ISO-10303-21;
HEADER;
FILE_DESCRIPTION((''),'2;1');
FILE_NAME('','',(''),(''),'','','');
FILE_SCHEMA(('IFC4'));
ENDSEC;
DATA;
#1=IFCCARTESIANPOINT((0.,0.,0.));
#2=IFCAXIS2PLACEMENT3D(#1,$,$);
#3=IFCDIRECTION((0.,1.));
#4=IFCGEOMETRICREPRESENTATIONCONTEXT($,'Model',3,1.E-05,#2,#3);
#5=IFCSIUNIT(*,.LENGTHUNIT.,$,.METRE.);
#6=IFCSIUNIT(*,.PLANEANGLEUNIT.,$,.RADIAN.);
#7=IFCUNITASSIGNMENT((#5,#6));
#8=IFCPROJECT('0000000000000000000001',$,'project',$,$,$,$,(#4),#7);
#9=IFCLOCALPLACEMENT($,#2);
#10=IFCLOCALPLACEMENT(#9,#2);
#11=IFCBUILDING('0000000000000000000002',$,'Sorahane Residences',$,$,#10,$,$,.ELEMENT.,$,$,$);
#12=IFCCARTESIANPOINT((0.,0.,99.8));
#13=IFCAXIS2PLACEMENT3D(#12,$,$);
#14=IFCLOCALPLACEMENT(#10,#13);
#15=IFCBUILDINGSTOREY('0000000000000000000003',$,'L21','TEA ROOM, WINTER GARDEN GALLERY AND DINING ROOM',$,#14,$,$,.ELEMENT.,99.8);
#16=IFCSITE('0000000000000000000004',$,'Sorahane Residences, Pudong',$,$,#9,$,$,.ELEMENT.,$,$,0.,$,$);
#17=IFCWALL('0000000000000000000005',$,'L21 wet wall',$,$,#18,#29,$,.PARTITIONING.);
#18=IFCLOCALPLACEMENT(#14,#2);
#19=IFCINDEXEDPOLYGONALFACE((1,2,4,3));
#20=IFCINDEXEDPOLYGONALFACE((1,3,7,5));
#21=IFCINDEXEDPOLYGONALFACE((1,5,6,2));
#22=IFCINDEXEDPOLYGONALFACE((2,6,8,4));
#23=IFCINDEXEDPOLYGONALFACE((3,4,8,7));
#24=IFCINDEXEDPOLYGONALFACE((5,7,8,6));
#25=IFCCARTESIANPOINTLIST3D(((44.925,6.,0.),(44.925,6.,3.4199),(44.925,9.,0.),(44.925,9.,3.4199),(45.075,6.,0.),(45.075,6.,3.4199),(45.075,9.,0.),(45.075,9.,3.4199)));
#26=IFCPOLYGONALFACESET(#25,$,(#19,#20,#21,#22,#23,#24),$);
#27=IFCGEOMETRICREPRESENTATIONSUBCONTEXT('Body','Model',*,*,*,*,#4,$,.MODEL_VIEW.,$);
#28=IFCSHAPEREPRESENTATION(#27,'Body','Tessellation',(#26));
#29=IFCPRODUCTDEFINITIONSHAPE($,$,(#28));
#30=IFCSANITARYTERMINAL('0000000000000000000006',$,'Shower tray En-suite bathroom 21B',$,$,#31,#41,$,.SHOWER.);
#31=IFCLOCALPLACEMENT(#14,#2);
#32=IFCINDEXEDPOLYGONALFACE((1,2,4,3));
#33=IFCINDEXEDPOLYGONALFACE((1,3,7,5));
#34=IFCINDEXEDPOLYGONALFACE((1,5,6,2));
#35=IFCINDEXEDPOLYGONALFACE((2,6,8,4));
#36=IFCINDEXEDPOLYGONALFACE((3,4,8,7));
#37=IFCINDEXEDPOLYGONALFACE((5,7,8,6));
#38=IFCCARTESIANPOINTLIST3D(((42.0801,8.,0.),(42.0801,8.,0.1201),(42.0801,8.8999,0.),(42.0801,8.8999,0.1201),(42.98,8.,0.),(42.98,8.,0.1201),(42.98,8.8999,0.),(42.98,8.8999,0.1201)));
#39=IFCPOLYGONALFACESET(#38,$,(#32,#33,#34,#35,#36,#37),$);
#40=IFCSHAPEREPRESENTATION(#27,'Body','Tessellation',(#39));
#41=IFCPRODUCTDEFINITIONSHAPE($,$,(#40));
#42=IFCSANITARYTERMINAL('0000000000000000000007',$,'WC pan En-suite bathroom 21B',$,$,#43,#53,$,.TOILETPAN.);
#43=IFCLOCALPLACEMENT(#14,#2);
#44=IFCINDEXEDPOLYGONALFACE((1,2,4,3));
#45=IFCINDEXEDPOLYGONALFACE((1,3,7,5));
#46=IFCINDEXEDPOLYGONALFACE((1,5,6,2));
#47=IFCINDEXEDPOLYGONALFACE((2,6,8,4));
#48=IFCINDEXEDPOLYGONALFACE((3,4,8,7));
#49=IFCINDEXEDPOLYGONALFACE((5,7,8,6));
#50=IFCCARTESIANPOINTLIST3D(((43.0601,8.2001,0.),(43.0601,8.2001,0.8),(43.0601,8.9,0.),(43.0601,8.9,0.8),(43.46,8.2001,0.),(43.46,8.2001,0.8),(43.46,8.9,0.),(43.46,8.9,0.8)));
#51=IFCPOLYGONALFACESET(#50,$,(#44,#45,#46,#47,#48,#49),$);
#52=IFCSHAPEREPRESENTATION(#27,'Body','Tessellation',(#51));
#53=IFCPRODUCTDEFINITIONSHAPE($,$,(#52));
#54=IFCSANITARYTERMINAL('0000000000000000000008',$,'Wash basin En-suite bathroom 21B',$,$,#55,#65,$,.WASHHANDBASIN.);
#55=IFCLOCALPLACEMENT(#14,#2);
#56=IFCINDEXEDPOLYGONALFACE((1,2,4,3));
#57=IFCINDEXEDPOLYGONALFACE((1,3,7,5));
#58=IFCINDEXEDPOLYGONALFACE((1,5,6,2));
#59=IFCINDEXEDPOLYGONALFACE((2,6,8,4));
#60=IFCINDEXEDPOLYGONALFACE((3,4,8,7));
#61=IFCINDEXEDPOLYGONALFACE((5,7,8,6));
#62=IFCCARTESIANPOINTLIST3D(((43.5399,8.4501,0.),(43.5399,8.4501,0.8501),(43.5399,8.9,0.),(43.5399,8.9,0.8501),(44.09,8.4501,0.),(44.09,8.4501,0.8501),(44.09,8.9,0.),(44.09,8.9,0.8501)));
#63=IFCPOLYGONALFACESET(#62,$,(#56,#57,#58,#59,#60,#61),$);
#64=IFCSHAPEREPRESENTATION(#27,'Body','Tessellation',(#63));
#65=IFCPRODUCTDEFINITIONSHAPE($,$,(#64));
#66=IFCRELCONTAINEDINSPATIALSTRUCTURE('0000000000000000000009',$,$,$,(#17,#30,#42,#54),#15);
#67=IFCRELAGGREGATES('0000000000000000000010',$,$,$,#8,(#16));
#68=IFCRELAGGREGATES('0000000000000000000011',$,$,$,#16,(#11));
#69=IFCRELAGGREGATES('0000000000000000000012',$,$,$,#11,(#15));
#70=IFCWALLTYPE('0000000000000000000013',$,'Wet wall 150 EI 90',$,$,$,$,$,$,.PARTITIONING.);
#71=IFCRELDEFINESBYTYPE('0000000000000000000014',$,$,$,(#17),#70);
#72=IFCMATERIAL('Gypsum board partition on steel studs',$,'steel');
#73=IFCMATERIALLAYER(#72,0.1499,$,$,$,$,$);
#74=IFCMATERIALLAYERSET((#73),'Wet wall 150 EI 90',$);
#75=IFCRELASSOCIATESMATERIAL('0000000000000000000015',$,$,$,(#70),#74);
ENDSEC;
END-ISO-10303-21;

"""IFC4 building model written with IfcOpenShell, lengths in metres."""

from ifc_helpers import new_model, si_unit, direction, frame, frame_2d, origin, origin_2d, place, context, subcontext, project, spatial, rectangle, extrude, material, layer, layer_set, type_object, element, save


model = new_model("IFC4")

# Units and contexts
model_context = context("Model", 3, precision=1e-05, world=origin(), true_north=direction((0.0, 1.0)))
body_context = subcontext(model_context, "Body", "Model", "MODEL_VIEW")
ifc_project = project(units=[si_unit("LENGTHUNIT", "METRE"), si_unit("PLANEANGLEUNIT", "RADIAN")], contexts=[model_context])

# Site, building, storey
site_placement = place(None, origin())
site = spatial("IfcSite", under=ifc_project, at=site_placement, Name="Sorahane Residences, Pudong", CompositionType="ELEMENT", RefElevation=0.0)
building_placement = place(site_placement, origin())
building = spatial("IfcBuilding", under=site, at=building_placement, Name="Sorahane Residences", CompositionType="ELEMENT")
storey_placement = place(building_placement, frame((0.0, 0.0, 99.8)))
storey = spatial("IfcBuildingStorey", under=building, at=storey_placement, Name="L21", Description="TEA ROOM, WINTER GARDEN GALLERY AND DINING ROOM", CompositionType="ELEMENT", Elevation=99.8)

# Wall
ifc_material_1 = material(Name="Gypsum board partition on steel studs", Category="steel")
ifc_layer_1 = layer(ifc_material_1, 0.1499)
ifc_layer_set_1 = layer_set([ifc_layer_1], Name="Wet wall 150 EI 90")
wall_type_1 = type_object("IfcWallType", Name="Wet wall 150 EI 90", PredefinedType="PARTITIONING", material=ifc_layer_set_1)
for number, where, z_axis, x_axis, name in (
    (1, (45.0, 6.0, 0.0), (0.0, 0.0, 1.0), (0.0, 1.0, 0.0), "L21 wet wall"),
):
    element("IfcWall", number, at=place(storey_placement, frame(where, z_axis=z_axis, x_axis=x_axis)), inside=storey, type_object=wall_type_1, Name=name, PredefinedType="PARTITIONING", context=body_context, shape_type="SweptSolid", body=[
        extrude(rectangle(XDim=3.0, YDim=0.1499, at=frame_2d((1.5, 0.0))), origin(), (0.0, 0.0, 1.0), 3.4199),
    ])

# Sanitary terminals
sanitary_terminal_1_placement = place(storey_placement, frame((42.53, 8.45, 0.0), z_axis=(0.0, 0.0, 1.0), x_axis=(1.0, 0.0, 0.0)))
element("IfcSanitaryTerminal", 2, at=sanitary_terminal_1_placement, inside=storey, Name="Shower tray En-suite bathroom 21B", PredefinedType="SHOWER", context=body_context, shape_type="SweptSolid", body=[
    extrude(rectangle(XDim=0.8999, YDim=0.8999, at=origin_2d()), origin(), (0.0, 0.0, 1.0), 0.1201),
])
sanitary_terminal_2_placement = place(storey_placement, frame((43.26, 8.55, 0.0), z_axis=(0.0, 0.0, 1.0), x_axis=(1.0, 0.0, 0.0)))
element("IfcSanitaryTerminal", 3, at=sanitary_terminal_2_placement, inside=storey, Name="WC pan En-suite bathroom 21B", PredefinedType="TOILETPAN", context=body_context, shape_type="SweptSolid", body=[
    extrude(rectangle(XDim=0.3999, YDim=0.7, at=origin_2d()), origin(), (0.0, 0.0, 1.0), 0.8),
])
sanitary_terminal_3_placement = place(storey_placement, frame((43.8149, 8.675, 0.0), z_axis=(0.0, 0.0, 1.0), x_axis=(1.0, 0.0, 0.0)))
element("IfcSanitaryTerminal", 4, at=sanitary_terminal_3_placement, inside=storey, Name="Wash basin En-suite bathroom 21B", PredefinedType="WASHHANDBASIN", context=body_context, shape_type="SweptSolid", body=[
    extrude(rectangle(XDim=0.55, YDim=0.45, at=origin_2d()), origin(), (0.0, 0.0, 1.0), 0.8501),
])

save(model, "model.ifc")
